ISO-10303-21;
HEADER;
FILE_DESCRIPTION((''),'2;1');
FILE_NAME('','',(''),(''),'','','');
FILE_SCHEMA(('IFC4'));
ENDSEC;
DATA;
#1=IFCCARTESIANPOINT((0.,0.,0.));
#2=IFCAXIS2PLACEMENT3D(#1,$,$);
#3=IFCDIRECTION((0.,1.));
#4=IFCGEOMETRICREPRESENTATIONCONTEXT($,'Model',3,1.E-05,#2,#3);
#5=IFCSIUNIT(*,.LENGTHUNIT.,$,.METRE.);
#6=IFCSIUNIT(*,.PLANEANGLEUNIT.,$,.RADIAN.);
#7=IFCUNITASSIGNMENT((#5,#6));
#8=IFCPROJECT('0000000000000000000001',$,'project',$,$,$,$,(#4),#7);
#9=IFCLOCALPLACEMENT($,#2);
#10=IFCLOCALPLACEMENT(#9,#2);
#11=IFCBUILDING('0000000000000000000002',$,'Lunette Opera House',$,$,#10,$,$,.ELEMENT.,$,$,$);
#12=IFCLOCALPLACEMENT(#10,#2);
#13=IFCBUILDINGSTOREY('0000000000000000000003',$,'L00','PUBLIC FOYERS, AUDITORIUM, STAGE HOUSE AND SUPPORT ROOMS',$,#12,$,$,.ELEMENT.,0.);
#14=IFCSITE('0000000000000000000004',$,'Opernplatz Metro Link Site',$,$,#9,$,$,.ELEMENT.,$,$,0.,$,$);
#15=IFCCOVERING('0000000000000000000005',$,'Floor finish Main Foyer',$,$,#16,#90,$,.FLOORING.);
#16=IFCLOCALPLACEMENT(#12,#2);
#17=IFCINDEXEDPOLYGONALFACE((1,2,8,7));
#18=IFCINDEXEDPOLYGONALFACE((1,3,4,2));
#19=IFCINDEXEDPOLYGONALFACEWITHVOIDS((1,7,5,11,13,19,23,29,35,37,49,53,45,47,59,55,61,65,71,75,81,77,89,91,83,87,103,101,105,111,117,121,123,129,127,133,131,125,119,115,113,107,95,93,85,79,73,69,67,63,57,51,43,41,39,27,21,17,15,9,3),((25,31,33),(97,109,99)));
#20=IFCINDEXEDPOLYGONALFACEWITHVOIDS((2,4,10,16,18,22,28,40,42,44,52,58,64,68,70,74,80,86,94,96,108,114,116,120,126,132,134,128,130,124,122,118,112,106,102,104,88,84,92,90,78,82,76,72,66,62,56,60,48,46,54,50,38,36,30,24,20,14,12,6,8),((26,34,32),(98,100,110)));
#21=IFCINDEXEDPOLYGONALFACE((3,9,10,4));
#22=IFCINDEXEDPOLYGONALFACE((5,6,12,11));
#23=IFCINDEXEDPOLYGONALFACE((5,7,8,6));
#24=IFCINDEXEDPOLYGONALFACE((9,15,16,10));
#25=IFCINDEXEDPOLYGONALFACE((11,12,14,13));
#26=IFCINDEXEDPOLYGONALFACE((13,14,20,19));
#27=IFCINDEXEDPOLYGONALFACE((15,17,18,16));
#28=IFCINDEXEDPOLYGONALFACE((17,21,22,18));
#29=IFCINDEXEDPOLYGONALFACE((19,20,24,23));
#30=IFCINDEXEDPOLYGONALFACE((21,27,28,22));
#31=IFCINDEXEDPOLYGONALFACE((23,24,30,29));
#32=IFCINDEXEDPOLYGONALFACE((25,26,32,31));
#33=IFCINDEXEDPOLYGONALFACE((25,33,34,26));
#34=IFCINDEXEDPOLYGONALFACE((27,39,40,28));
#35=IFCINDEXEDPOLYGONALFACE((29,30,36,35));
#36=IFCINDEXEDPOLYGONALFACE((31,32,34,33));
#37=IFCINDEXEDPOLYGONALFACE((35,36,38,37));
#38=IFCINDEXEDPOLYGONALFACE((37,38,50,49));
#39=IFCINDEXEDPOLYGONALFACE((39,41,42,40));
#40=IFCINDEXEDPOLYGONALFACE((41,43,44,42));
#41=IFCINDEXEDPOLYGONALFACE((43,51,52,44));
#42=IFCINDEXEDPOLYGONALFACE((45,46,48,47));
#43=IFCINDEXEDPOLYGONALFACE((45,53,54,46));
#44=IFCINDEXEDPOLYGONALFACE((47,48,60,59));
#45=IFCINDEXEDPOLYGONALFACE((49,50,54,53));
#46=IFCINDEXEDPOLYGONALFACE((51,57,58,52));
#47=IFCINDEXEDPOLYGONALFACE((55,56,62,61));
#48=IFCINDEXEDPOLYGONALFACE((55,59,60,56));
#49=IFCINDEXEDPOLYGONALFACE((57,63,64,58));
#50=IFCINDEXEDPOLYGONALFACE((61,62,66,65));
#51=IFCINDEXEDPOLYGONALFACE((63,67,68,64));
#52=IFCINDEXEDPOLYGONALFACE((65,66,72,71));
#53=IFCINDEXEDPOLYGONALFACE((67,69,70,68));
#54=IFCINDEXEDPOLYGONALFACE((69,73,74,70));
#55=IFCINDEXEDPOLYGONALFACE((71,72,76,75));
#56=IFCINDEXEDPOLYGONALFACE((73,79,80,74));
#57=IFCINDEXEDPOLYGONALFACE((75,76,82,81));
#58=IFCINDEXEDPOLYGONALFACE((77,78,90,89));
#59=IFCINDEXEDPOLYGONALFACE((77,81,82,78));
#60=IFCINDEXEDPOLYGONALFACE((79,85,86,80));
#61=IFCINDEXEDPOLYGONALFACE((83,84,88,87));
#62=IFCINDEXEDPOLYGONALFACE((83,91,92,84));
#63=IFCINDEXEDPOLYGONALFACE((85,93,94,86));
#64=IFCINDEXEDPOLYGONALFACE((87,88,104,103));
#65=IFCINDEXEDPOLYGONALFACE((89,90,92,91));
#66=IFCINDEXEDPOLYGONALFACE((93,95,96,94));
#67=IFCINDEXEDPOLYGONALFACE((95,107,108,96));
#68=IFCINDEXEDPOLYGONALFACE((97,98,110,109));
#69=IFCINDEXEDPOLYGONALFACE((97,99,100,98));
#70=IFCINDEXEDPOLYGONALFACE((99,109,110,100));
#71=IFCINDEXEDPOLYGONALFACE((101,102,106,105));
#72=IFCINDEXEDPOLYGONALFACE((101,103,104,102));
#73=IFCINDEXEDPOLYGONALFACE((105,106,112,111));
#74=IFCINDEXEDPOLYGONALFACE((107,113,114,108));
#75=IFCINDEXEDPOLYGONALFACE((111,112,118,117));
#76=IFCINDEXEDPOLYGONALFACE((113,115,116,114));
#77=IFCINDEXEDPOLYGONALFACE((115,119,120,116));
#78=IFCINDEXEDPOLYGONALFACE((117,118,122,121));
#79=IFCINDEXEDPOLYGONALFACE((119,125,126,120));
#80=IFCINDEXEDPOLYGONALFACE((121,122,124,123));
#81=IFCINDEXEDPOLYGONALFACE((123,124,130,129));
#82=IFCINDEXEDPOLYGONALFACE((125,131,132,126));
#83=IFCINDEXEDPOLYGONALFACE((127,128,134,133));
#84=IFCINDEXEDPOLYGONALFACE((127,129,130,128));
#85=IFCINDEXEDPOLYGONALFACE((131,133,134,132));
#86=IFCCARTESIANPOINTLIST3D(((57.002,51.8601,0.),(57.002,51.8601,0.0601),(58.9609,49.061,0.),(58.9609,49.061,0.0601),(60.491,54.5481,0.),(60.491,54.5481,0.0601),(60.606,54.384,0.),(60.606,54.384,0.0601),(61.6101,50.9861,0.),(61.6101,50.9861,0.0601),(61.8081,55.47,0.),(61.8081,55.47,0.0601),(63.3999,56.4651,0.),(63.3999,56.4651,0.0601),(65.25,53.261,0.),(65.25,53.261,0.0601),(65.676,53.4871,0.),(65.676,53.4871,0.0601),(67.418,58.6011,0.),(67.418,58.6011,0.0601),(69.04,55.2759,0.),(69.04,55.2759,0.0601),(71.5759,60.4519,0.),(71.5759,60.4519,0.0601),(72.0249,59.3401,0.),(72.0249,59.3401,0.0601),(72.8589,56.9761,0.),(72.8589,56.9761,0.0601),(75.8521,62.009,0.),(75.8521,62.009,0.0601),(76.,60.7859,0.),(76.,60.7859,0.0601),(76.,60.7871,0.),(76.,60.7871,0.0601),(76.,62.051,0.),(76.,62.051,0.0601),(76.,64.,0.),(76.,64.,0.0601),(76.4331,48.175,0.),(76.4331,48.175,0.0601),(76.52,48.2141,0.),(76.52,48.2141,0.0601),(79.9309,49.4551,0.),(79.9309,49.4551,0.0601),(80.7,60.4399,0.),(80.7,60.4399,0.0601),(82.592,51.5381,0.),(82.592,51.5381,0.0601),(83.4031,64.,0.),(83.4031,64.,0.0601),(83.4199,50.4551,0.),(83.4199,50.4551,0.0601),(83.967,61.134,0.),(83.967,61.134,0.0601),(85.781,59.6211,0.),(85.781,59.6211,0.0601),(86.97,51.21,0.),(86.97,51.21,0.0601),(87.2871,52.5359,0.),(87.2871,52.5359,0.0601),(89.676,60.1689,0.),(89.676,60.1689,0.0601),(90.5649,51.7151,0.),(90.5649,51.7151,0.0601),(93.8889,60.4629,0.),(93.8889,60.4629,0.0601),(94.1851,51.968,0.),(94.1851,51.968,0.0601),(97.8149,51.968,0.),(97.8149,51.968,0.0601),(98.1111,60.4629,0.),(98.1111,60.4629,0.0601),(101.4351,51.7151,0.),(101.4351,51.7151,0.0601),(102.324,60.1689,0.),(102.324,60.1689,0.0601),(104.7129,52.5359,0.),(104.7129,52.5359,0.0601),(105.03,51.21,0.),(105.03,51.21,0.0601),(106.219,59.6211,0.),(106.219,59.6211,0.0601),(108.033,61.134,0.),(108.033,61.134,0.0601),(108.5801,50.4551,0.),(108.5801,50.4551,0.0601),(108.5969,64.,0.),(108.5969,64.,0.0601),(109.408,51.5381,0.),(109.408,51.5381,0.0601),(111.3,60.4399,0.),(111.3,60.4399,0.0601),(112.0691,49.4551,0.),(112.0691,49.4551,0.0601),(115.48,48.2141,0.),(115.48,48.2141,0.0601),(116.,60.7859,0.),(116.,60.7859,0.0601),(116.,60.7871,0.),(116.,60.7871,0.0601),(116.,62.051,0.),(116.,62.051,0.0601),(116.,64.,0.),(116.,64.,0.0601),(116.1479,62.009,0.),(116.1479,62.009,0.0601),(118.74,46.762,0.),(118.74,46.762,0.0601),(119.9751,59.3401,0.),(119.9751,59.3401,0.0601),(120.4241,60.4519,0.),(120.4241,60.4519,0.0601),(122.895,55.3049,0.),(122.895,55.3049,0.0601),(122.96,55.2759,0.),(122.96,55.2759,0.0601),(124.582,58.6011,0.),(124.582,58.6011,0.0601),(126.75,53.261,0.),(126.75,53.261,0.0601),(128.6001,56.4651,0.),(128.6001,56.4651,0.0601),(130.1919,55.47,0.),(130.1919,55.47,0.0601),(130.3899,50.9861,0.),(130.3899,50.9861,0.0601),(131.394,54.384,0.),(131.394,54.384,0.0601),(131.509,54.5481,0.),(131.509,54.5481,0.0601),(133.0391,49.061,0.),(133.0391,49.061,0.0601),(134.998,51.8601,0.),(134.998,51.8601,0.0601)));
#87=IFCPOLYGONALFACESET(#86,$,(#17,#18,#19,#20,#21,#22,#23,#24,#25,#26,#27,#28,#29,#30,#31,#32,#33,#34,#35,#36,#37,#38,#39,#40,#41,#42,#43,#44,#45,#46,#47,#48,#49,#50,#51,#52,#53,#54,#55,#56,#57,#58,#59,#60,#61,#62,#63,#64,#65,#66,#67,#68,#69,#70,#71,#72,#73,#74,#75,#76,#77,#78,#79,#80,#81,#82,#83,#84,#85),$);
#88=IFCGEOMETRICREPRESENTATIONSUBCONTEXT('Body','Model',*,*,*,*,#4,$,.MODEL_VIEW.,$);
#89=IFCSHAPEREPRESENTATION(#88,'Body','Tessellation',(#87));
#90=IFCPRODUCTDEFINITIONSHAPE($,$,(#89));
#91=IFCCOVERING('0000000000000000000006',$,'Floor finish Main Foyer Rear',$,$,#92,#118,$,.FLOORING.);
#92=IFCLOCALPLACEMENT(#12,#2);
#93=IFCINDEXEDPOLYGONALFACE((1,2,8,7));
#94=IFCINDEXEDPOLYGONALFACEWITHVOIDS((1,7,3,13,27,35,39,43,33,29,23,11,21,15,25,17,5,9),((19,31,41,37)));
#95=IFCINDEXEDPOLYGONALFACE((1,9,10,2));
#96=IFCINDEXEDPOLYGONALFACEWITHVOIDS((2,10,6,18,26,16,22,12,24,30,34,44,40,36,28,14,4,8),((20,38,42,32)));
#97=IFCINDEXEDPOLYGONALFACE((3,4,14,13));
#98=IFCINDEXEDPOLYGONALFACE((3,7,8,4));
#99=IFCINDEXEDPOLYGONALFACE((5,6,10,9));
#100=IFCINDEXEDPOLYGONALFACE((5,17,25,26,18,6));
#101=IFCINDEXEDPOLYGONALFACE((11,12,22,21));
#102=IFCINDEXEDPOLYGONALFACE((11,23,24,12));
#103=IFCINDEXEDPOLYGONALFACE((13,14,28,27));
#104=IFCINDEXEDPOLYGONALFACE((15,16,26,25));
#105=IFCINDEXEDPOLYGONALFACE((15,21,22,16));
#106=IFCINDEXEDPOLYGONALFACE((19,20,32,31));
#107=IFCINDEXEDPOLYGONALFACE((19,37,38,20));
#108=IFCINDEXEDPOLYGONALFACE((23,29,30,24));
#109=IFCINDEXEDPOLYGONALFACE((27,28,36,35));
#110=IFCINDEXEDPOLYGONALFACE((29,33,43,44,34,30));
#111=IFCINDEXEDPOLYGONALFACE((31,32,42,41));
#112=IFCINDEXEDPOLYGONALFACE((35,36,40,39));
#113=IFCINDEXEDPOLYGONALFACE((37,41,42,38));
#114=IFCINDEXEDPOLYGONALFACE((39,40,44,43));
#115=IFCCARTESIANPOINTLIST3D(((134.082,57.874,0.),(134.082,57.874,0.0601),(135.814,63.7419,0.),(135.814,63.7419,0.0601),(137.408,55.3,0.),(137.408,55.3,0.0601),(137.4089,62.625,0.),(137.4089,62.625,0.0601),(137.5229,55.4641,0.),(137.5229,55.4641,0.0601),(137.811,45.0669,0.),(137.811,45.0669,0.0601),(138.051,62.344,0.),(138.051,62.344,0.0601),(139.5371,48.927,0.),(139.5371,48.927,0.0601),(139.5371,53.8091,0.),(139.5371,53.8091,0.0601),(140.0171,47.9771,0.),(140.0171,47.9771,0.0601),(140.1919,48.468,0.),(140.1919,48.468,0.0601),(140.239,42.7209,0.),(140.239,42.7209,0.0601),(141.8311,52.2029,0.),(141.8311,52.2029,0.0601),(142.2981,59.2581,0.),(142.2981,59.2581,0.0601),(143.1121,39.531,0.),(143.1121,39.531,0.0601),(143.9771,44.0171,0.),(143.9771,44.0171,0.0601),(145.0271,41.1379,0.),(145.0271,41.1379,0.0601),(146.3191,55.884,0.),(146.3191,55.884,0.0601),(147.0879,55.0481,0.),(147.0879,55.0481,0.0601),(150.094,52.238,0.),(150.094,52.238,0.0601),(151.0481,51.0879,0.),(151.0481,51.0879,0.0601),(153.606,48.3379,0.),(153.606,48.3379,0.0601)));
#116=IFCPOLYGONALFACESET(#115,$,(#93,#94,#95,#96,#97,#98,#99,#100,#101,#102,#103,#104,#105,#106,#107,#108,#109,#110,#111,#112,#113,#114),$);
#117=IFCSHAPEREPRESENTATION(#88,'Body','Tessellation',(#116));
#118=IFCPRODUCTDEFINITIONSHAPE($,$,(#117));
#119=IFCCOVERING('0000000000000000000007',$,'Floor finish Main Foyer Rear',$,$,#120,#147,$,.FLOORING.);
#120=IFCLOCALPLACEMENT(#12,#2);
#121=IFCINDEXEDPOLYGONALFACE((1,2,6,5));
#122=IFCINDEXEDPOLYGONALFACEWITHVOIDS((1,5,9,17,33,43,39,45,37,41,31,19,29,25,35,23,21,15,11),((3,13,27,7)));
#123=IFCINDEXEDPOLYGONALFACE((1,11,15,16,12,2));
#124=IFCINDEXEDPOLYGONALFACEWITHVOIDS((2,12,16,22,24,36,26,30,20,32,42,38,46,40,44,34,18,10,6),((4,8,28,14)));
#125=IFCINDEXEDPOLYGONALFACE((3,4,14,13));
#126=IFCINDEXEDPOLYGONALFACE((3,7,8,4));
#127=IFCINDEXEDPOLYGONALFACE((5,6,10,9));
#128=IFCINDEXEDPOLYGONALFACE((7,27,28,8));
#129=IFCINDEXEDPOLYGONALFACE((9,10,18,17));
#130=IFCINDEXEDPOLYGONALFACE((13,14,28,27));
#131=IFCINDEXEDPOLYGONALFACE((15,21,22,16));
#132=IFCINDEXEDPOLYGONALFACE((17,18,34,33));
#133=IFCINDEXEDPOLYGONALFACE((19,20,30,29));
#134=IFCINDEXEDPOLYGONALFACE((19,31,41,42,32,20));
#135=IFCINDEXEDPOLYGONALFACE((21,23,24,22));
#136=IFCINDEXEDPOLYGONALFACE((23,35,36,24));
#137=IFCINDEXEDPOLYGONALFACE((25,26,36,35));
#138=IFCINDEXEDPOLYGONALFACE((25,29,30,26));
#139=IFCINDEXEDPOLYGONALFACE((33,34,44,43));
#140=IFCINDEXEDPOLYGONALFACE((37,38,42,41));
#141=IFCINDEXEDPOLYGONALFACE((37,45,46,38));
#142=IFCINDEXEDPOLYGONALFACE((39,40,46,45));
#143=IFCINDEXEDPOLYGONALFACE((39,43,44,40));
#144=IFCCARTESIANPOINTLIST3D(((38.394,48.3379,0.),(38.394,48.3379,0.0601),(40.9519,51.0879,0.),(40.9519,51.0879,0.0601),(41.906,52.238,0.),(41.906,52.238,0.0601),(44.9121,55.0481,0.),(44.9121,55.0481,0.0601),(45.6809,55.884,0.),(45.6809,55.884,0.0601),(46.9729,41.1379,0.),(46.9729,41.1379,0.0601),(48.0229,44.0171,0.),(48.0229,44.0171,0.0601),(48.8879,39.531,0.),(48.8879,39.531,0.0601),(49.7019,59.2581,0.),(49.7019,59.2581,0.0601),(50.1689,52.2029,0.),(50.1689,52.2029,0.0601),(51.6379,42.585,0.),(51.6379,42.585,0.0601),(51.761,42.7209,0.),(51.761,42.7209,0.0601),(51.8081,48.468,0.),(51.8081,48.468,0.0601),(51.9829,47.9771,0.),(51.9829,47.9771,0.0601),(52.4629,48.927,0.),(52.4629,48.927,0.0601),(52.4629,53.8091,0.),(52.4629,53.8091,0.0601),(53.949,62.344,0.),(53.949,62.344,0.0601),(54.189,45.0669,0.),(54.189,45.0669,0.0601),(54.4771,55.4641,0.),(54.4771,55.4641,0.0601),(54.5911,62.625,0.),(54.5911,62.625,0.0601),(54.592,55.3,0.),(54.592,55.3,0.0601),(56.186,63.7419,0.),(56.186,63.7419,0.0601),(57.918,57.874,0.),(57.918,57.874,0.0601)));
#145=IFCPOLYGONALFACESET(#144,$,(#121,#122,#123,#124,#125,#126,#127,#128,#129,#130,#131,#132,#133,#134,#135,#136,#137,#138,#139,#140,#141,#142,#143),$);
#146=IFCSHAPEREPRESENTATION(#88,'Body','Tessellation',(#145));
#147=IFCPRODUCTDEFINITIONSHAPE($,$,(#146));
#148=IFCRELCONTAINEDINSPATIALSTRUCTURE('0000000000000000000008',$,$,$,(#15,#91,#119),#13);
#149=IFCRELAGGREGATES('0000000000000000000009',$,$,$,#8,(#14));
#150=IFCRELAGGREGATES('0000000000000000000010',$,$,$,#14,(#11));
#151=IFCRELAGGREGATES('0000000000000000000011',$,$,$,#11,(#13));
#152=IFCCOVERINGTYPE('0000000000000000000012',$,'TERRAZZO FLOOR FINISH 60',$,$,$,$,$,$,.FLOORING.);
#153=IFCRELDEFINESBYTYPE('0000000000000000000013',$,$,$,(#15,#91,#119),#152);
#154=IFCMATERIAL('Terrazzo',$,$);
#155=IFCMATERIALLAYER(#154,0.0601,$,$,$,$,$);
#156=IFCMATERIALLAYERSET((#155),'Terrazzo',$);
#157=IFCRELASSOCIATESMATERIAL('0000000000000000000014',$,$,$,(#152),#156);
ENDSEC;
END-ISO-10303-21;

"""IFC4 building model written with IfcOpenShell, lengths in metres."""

from ifc_helpers import new_model, si_unit, direction, origin, place, context, subcontext, project, spatial, polyline, outline, extrude, material, layer, layer_set, type_object, element, save


model = new_model("IFC4")

# Units and contexts
model_context = context("Model", 3, precision=1e-05, world=origin(), true_north=direction((0.0, 1.0)))
body_context = subcontext(model_context, "Body", "Model", "MODEL_VIEW")
ifc_project = project(units=[si_unit("LENGTHUNIT", "METRE"), si_unit("PLANEANGLEUNIT", "RADIAN")], contexts=[model_context])

# Site, building, storey
site_placement = place(None, origin())
site = spatial("IfcSite", under=ifc_project, at=site_placement, Name="Opernplatz Metro Link Site", CompositionType="ELEMENT", RefElevation=0.0)
building_placement = place(site_placement, origin())
building = spatial("IfcBuilding", under=site, at=building_placement, Name="Lunette Opera House", CompositionType="ELEMENT")
storey_placement = place(building_placement, origin())
storey = spatial("IfcBuildingStorey", under=building, at=storey_placement, Name="L00", Description="PUBLIC FOYERS, AUDITORIUM, STAGE HOUSE AND SUPPORT ROOMS", CompositionType="ELEMENT", Elevation=0.0)

# Coverings
ifc_material_1 = material(Name="Terrazzo")
ifc_layer_1 = layer(ifc_material_1, 0.0601)
ifc_layer_set_1 = layer_set([ifc_layer_1], Name="Terrazzo")
covering_type_1 = type_object("IfcCoveringType", Name="TERRAZZO FLOOR FINISH 60", PredefinedType="FLOORING", material=ifc_layer_set_1)
covering_1_placement = place(storey_placement, origin())
element("IfcCovering", 1, at=covering_1_placement, inside=storey, type_object=covering_type_1, Name="Floor finish Main Foyer", PredefinedType="FLOORING", context=body_context, shape_type="SweptSolid", body=[
    extrude(outline(polyline([(63.3999, 56.4651), (67.418, 58.6011), (71.5759, 60.4519), (75.8521, 62.009), (76.0, 62.051), (76.0, 64.0), (83.4031, 64.0), (83.967, 61.134), (80.7, 60.4399), (82.592, 51.5381), (87.2871, 52.5359), (85.781, 59.6211), (89.676, 60.1689), (93.8889, 60.4629), (98.1111, 60.4629), (102.324, 60.1689), (106.219, 59.6211), (104.7129, 52.5359), (109.408, 51.5381), (111.3, 60.4399), (108.033, 61.134), (108.5969, 64.0), (116.0, 64.0), (116.0, 62.051), (116.1479, 62.009), (120.4241, 60.4519), (124.582, 58.6011), (128.6001, 56.4651), (130.1919, 55.47), (131.509, 54.5481), (131.394, 54.384), (134.998, 51.8601), (133.0391, 49.061), (130.3899, 50.9861), (126.75, 53.261), (122.96, 55.2759), (122.895, 55.3049), (118.74, 46.762), (115.48, 48.2141), (112.0691, 49.4551), (108.5801, 50.4551), (105.03, 51.21), (101.4351, 51.7151), (97.8149, 51.968), (94.1851, 51.968), (90.5649, 51.7151), (86.97, 51.21), (83.4199, 50.4551), (79.9309, 49.4551), (76.52, 48.2141), (76.4331, 48.175), (72.8589, 56.9761), (69.04, 55.2759), (65.676, 53.4871), (65.25, 53.261), (61.6101, 50.9861), (58.9609, 49.061), (57.002, 51.8601), (60.606, 54.384), (60.491, 54.5481), (61.8081, 55.47), (63.3999, 56.4651)]), holes=[polyline([(119.9751, 59.3401), (116.0, 60.7871), (116.0, 60.7859), (119.9751, 59.3401)]), polyline([(72.0249, 59.3401), (76.0, 60.7859), (76.0, 60.7871), (72.0249, 59.3401)])]), origin(), (0.0, 0.0, 1.0), 0.0601),
])
covering_2_placement = place(storey_placement, origin())
element("IfcCovering", 2, at=covering_2_placement, inside=storey, type_object=covering_type_1, Name="Floor finish Main Foyer Rear", PredefinedType="FLOORING", context=body_context, shape_type="SweptSolid", body=[
    extrude(outline(polyline([(141.8311, 52.2029), (139.5371, 53.8091), (137.408, 55.3), (137.5229, 55.4641), (134.082, 57.874), (137.4089, 62.625), (135.814, 63.7419), (138.051, 62.344), (142.2981, 59.2581), (146.3191, 55.884), (150.094, 52.238), (153.606, 48.3379), (145.0271, 41.1379), (143.1121, 39.531), (140.239, 42.7209), (137.811, 45.0669), (140.1919, 48.468), (139.5371, 48.927), (141.8311, 52.2029)]), holes=[polyline([(140.0171, 47.9771), (143.9771, 44.0171), (151.0481, 51.0879), (147.0879, 55.0481), (140.0171, 47.9771)])]), origin(), (0.0, 0.0, 1.0), 0.0601),
])
covering_3_placement = place(storey_placement, origin())
element("IfcCovering", 3, at=covering_3_placement, inside=storey, type_object=covering_type_1, Name="Floor finish Main Foyer Rear", PredefinedType="FLOORING", context=body_context, shape_type="SweptSolid", body=[
    extrude(outline(polyline([(51.8081, 48.468), (54.189, 45.0669), (51.761, 42.7209), (51.6379, 42.585), (48.8879, 39.531), (46.9729, 41.1379), (38.394, 48.3379), (41.906, 52.238), (45.6809, 55.884), (49.7019, 59.2581), (53.949, 62.344), (56.186, 63.7419), (54.5911, 62.625), (57.918, 57.874), (54.4771, 55.4641), (54.592, 55.3), (52.4629, 53.8091), (50.1689, 52.2029), (52.4629, 48.927), (51.8081, 48.468)]), holes=[polyline([(48.0229, 44.0171), (51.9829, 47.9771), (44.9121, 55.0481), (40.9519, 51.0879), (48.0229, 44.0171)])]), origin(), (0.0, 0.0, 1.0), 0.0601),
])

save(model, "model.ifc")
